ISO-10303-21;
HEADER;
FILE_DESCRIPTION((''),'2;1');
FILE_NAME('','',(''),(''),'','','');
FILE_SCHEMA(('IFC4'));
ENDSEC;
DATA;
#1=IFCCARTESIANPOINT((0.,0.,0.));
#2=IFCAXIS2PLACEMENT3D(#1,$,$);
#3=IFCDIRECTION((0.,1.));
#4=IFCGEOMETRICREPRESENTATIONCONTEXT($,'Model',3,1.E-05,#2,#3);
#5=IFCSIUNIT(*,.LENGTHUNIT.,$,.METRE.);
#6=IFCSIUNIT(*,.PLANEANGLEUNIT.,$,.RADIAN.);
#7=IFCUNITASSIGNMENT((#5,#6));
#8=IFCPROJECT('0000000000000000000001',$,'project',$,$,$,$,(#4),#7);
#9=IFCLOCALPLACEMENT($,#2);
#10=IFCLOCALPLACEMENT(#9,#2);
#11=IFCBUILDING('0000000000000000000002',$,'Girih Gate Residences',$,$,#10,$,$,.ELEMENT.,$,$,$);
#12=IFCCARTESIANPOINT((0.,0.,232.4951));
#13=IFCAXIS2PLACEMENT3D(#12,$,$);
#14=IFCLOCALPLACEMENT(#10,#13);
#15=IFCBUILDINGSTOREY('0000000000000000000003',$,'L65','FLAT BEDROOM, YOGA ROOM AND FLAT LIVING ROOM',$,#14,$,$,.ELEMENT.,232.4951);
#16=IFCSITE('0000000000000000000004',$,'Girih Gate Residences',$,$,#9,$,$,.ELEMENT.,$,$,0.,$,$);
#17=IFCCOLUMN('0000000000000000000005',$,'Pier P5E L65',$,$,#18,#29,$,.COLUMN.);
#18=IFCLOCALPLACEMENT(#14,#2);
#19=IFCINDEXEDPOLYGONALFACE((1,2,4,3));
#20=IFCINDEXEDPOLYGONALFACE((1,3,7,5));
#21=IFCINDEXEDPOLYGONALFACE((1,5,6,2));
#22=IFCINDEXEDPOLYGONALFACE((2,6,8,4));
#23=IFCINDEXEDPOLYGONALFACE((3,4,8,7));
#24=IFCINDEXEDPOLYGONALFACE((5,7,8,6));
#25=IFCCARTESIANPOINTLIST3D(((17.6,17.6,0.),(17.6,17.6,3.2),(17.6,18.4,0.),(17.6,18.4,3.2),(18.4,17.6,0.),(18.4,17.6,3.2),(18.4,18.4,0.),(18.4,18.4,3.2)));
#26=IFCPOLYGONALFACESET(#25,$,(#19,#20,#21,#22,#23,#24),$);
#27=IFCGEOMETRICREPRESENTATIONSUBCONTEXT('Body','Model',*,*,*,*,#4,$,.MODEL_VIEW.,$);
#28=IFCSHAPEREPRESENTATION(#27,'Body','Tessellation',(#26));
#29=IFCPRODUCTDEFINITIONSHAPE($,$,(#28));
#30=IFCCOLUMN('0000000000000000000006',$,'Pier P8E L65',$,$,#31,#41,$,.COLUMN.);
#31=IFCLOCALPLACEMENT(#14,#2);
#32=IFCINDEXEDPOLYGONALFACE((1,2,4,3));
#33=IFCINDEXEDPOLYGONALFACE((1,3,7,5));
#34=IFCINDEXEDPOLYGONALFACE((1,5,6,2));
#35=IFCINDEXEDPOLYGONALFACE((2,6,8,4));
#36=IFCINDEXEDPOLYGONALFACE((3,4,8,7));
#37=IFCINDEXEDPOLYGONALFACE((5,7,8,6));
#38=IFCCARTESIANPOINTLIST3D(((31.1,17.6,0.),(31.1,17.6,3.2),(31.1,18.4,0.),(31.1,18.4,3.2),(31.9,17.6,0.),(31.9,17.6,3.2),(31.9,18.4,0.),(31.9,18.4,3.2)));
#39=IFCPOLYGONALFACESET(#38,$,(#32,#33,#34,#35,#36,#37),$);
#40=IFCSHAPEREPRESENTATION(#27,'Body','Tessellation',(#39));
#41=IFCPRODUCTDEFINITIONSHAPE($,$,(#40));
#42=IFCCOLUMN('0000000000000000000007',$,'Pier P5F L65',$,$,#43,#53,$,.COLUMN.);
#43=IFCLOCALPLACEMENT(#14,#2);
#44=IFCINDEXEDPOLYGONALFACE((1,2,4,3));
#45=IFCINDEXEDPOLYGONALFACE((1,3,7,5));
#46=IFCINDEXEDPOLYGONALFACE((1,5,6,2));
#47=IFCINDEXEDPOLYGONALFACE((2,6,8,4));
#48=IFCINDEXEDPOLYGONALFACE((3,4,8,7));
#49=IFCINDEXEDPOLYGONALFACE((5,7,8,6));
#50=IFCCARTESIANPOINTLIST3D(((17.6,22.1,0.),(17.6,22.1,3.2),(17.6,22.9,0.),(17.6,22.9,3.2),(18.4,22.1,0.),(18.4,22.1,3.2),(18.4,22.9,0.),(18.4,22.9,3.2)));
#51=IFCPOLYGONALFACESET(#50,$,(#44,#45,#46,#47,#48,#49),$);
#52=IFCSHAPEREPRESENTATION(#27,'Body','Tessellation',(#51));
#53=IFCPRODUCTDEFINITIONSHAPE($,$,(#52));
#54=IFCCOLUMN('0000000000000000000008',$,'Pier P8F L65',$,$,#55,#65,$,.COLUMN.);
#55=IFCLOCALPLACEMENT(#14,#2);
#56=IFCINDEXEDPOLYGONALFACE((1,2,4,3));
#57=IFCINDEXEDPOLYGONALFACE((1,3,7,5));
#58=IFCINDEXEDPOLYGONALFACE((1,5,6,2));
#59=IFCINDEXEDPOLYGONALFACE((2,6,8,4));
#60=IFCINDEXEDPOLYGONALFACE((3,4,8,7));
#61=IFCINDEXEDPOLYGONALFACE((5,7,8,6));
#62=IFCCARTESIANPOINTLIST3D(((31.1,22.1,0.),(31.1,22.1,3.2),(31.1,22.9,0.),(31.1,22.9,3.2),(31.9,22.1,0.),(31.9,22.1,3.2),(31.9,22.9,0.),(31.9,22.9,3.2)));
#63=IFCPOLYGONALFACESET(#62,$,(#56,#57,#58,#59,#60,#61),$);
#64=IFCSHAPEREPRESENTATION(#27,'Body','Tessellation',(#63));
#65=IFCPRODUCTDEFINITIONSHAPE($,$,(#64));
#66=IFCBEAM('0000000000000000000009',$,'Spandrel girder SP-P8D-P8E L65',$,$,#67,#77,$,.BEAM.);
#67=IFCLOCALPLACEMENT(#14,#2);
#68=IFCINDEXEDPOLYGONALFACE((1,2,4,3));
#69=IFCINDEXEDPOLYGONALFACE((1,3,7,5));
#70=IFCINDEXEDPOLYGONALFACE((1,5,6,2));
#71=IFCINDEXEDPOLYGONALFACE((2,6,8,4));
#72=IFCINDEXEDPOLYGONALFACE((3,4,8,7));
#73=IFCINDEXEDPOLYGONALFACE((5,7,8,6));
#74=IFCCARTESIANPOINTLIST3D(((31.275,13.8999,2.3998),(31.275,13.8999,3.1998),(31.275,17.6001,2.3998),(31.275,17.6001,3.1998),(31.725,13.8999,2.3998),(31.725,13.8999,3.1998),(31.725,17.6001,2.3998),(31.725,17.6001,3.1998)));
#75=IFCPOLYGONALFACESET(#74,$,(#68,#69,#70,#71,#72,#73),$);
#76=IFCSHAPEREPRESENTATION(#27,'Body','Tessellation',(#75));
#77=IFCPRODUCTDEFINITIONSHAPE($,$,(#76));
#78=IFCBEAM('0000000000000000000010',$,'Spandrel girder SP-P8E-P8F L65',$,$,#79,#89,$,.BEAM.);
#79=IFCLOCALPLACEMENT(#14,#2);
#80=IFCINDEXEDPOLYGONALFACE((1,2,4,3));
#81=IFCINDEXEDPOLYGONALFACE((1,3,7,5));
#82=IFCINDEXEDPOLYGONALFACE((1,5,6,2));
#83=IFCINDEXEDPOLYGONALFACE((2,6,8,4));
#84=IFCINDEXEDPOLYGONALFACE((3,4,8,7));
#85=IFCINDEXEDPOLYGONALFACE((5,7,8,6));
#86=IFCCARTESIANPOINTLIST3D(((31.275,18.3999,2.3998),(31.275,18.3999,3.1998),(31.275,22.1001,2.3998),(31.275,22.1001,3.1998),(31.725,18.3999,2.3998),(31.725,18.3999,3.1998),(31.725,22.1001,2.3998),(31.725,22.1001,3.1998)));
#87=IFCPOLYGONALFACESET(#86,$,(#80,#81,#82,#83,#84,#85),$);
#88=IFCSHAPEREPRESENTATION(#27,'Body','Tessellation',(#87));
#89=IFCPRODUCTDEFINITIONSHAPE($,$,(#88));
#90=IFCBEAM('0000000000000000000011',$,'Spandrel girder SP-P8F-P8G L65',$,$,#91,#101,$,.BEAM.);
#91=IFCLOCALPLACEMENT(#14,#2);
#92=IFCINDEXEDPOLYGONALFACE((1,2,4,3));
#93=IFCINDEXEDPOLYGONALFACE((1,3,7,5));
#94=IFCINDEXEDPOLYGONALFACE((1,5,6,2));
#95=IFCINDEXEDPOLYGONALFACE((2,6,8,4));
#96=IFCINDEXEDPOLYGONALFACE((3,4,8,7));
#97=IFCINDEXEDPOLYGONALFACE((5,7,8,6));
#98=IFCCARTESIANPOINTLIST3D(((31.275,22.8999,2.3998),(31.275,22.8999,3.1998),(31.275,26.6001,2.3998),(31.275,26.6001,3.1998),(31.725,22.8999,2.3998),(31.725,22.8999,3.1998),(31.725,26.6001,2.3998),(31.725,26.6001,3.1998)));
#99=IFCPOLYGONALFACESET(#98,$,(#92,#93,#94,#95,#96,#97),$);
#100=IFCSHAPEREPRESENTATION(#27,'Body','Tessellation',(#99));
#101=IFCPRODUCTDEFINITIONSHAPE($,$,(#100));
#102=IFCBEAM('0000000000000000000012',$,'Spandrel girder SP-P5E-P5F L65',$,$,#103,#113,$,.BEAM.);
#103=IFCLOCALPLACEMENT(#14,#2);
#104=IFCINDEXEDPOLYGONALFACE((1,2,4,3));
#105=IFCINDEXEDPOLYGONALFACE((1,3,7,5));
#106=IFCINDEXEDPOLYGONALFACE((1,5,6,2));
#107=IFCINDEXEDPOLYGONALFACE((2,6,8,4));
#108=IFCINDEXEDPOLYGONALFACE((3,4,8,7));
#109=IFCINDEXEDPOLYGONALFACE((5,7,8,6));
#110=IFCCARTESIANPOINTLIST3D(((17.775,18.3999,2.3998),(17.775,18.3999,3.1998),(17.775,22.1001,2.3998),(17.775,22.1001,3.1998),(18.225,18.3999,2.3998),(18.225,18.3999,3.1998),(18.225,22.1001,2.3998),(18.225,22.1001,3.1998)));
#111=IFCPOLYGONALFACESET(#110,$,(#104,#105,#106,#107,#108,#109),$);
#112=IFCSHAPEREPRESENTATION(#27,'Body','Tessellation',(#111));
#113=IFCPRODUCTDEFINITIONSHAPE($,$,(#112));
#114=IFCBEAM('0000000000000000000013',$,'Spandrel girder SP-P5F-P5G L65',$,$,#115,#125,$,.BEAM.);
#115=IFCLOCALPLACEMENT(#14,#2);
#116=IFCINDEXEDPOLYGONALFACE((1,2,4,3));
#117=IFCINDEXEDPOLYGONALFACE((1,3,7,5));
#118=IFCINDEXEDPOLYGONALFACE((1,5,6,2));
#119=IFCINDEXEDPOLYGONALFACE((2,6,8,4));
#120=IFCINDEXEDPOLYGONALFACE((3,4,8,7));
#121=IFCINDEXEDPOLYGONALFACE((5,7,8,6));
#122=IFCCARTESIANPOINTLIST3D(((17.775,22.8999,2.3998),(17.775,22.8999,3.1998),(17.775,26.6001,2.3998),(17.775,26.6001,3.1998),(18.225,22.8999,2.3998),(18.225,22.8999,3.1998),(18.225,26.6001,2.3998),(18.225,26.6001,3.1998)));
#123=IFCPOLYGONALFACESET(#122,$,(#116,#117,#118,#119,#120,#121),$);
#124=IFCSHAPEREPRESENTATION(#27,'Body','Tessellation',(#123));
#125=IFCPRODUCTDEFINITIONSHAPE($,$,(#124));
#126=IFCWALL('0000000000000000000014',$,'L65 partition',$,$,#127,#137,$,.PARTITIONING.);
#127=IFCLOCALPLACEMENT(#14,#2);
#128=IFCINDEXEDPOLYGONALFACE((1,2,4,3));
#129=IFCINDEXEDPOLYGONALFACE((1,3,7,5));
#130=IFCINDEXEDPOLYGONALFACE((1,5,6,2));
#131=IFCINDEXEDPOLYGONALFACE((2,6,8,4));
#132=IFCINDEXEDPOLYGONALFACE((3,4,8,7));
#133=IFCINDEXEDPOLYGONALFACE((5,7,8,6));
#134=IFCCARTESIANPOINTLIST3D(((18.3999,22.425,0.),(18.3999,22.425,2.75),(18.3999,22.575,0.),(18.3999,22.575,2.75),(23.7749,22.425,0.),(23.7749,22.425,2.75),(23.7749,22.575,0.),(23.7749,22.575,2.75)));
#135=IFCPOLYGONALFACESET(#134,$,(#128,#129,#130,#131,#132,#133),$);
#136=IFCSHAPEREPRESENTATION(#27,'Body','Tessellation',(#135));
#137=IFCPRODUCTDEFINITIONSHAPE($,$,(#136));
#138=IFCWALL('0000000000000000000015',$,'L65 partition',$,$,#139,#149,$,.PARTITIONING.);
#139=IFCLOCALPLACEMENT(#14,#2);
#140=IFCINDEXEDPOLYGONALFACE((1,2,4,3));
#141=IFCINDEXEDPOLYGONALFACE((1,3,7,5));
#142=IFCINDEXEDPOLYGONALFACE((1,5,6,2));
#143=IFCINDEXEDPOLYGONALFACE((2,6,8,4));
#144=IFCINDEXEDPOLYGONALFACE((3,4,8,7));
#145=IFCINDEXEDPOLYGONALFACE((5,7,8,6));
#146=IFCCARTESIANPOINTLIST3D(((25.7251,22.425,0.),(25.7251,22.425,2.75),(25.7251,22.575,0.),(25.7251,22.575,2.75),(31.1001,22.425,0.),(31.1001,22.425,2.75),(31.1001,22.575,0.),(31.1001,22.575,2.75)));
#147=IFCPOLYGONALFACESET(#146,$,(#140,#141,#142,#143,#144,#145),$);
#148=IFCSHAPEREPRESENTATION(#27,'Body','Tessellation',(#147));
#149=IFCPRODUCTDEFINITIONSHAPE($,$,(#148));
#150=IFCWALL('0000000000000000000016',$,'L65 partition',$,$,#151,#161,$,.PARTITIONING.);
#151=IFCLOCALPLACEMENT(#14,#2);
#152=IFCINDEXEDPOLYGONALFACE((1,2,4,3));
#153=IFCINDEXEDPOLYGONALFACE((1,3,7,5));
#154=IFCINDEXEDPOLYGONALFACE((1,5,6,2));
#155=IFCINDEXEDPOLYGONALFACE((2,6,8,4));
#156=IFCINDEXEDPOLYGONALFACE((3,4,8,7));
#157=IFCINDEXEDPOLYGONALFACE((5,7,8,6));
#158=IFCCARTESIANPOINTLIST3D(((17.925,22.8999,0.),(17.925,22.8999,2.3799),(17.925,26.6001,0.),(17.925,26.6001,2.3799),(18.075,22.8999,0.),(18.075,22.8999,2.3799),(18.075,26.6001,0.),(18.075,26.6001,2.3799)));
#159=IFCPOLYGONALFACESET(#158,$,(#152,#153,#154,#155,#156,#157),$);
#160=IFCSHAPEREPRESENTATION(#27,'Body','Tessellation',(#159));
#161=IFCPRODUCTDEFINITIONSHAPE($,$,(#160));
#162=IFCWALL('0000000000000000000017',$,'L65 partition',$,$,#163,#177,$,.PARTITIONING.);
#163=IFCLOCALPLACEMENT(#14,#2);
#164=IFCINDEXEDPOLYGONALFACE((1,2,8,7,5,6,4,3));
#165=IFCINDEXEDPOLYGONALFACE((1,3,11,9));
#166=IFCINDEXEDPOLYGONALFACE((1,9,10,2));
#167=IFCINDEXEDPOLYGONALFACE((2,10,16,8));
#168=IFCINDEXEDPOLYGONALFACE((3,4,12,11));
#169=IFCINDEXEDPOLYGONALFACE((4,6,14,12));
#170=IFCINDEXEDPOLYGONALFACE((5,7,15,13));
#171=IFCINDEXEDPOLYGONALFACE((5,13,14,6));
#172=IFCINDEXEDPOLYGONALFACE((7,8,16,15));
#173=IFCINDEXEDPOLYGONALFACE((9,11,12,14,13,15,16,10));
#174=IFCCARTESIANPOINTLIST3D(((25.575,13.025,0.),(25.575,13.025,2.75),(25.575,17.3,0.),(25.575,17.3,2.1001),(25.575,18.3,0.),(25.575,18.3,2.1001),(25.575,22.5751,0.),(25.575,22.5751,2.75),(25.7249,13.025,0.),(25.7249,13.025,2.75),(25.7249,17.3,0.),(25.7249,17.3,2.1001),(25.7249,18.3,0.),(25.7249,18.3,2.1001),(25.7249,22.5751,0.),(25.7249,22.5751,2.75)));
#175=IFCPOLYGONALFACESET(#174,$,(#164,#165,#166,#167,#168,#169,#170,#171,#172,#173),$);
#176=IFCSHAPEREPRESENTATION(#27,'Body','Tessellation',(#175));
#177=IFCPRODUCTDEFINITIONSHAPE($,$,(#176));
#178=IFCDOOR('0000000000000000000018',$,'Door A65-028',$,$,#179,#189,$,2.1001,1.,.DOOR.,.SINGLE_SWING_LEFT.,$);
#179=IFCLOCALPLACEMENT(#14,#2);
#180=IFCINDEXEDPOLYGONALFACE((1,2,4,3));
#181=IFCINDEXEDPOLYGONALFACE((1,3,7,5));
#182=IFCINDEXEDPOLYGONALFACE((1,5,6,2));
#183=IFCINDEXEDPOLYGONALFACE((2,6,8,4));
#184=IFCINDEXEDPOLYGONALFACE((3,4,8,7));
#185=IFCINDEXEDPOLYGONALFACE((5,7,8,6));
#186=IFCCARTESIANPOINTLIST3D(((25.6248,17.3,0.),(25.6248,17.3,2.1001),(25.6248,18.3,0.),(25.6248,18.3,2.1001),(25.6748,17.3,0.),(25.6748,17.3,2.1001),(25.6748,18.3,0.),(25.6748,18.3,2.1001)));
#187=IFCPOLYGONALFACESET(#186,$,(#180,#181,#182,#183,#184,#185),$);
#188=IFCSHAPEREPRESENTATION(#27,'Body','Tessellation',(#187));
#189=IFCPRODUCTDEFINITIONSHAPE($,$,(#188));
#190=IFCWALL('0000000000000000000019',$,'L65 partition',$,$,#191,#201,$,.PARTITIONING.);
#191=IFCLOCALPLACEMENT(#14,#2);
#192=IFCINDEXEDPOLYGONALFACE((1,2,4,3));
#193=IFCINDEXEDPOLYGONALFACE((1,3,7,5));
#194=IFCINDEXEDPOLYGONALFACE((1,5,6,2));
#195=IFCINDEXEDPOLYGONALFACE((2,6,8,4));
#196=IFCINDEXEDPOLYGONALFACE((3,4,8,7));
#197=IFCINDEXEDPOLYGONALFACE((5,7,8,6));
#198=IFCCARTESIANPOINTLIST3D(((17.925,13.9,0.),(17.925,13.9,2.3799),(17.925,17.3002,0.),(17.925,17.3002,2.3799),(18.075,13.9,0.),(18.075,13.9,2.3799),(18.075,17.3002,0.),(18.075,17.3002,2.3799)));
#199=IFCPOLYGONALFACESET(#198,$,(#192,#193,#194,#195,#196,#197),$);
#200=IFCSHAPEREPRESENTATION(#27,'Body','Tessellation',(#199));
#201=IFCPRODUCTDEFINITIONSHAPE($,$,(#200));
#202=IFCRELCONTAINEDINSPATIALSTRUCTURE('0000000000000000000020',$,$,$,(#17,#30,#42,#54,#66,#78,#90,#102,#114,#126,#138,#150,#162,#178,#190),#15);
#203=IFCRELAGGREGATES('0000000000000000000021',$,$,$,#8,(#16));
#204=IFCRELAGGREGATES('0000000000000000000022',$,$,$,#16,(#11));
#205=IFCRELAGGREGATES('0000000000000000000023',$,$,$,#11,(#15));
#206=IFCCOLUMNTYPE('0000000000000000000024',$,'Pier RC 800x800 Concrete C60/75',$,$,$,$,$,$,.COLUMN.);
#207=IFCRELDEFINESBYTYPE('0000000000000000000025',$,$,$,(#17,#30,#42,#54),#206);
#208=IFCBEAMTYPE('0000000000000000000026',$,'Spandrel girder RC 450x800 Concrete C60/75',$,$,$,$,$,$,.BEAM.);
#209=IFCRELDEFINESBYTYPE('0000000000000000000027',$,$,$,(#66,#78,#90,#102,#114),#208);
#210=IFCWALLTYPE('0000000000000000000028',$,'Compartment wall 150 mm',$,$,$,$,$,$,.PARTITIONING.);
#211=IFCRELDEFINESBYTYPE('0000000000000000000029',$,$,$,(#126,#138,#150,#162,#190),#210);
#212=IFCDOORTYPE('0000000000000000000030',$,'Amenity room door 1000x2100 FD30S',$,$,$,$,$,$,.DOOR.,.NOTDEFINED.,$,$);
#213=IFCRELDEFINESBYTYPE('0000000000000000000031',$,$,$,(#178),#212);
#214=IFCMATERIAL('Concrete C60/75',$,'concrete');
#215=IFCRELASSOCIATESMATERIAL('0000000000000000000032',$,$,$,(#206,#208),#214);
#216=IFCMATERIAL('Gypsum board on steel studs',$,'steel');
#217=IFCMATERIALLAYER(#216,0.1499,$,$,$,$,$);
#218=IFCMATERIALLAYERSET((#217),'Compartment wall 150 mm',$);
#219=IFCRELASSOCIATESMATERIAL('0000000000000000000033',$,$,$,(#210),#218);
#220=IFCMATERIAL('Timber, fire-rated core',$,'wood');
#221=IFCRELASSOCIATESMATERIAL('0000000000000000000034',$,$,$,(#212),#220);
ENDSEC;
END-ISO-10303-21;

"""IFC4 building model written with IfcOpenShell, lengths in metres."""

from ifc_helpers import new_model, si_unit, direction, frame, frame_2d, origin, origin_2d, place, context, subcontext, project, spatial, rectangle, extrude, material, layer, layer_set, material_profile, profile_set, type_object, element, fill, save


model = new_model("IFC4")

# Units and contexts
model_context = context("Model", 3, precision=1e-05, world=origin(), true_north=direction((0.0, 1.0)))
body_context = subcontext(model_context, "Body", "Model", "MODEL_VIEW")
ifc_project = project(units=[si_unit("LENGTHUNIT", "METRE"), si_unit("PLANEANGLEUNIT", "RADIAN")], contexts=[model_context])

# Site, building, storey
site_placement = place(None, origin())
site = spatial("IfcSite", under=ifc_project, at=site_placement, Name="Girih Gate Residences", CompositionType="ELEMENT", RefElevation=0.0)
building_placement = place(site_placement, origin())
building = spatial("IfcBuilding", under=site, at=building_placement, Name="Girih Gate Residences", CompositionType="ELEMENT")
storey_placement = place(building_placement, frame((0.0, 0.0, 232.4951)))
storey = spatial("IfcBuildingStorey", under=building, at=storey_placement, Name="L65", Description="FLAT BEDROOM, YOGA ROOM AND FLAT LIVING ROOM", CompositionType="ELEMENT", Elevation=232.4951)

# Columns
ifc_material_1 = material(Name="Concrete C60/75", Category="concrete")
ifc_material_profile_1 = material_profile(ifc_material_1, rectangle(XDim=0.8, YDim=0.8, at=origin_2d()))
ifc_profile_set_1 = profile_set([ifc_material_profile_1], Name="Concrete C60/75")
column_type = type_object("IfcColumnType", Name="Pier RC 800x800 Concrete C60/75", PredefinedType="COLUMN", material=ifc_profile_set_1)
for number, where, z_axis, x_axis, name in (
    (1, (18.0, 18.0, 0.0), (0.0, 0.0, 1.0), (1.0, 0.0, 0.0), "Pier P5E L65"),
    (2, (31.5, 18.0, 0.0), (0.0, 0.0, 1.0), (1.0, 0.0, 0.0), "Pier P8E L65"),
    (3, (18.0, 22.5, 0.0), (0.0, 0.0, 1.0), (1.0, 0.0, 0.0), "Pier P5F L65"),
    (4, (31.5, 22.5, 0.0), (0.0, 0.0, 1.0), (1.0, 0.0, 0.0), "Pier P8F L65"),
):
    element("IfcColumn", number, at=place(storey_placement, frame(where, z_axis=z_axis, x_axis=x_axis)), inside=storey, type_object=column_type, Name=name, PredefinedType="COLUMN", context=body_context, shape_type="SweptSolid", body=[
        extrude(rectangle(XDim=0.8, YDim=0.8, at=origin_2d()), origin(), (0.0, 0.0, 1.0), 3.2),
    ])

# Beams
ifc_material_profile_2 = material_profile(ifc_material_1, rectangle(XDim=0.45, YDim=0.8, at=origin_2d()))
ifc_profile_set_2 = profile_set([ifc_material_profile_2], Name="Concrete C60/75")
beam_type = type_object("IfcBeamType", Name="Spandrel girder RC 450x800 Concrete C60/75", PredefinedType="BEAM", material=ifc_profile_set_2)
for number, where, z_axis, x_axis, name in (
    (5, (31.5, 13.8999, 2.7998), (0.0, 1.0, 0.0), (-1.0, 0.0, 0.0), "Spandrel girder SP-P8D-P8E L65"),
    (6, (31.5, 18.3999, 2.7998), (0.0, 1.0, 0.0), (-1.0, 0.0, 0.0), "Spandrel girder SP-P8E-P8F L65"),
    (7, (31.5, 22.8999, 2.7998), (0.0, 1.0, 0.0), (-1.0, 0.0, 0.0), "Spandrel girder SP-P8F-P8G L65"),
    (8, (18.0, 18.3999, 2.7998), (0.0, 1.0, 0.0), (-1.0, 0.0, 0.0), "Spandrel girder SP-P5E-P5F L65"),
    (9, (18.0, 22.8999, 2.7998), (0.0, 1.0, 0.0), (-1.0, 0.0, 0.0), "Spandrel girder SP-P5F-P5G L65"),
):
    element("IfcBeam", number, at=place(storey_placement, frame(where, z_axis=z_axis, x_axis=x_axis)), inside=storey, type_object=beam_type, Name=name, PredefinedType="BEAM", context=body_context, shape_type="SweptSolid", body=[
        extrude(rectangle(XDim=0.45, YDim=0.8, at=origin_2d()), origin(), (0.0, 0.0, 1.0), 3.7002),
    ])

# Walls
ifc_material_2 = material(Name="Gypsum board on steel studs", Category="steel")
ifc_layer_1 = layer(ifc_material_2, 0.1499)
ifc_layer_set_1 = layer_set([ifc_layer_1], Name="Compartment wall 150 mm")
wall_type_1 = type_object("IfcWallType", Name="Compartment wall 150 mm", PredefinedType="PARTITIONING", material=ifc_layer_set_1)
for number, where, z_axis, x_axis, name in (
    (10, (18.3999, 22.5, 0.0), (0.0, 0.0, 1.0), (1.0, 0.0, 0.0), "L65 partition"),
    (11, (25.7251, 22.5, 0.0), (0.0, 0.0, 1.0), (1.0, 0.0, 0.0), "L65 partition"),
):
    element("IfcWall", number, at=place(storey_placement, frame(where, z_axis=z_axis, x_axis=x_axis)), inside=storey, type_object=wall_type_1, Name=name, PredefinedType="PARTITIONING", context=body_context, shape_type="SweptSolid", body=[
        extrude(rectangle(XDim=5.375, YDim=0.1499, at=frame_2d((2.6875, 0.0))), origin(), (0.0, 0.0, 1.0), 2.75),
    ])
wall_1_placement = place(storey_placement, frame((18.0, 22.8999, 0.0), z_axis=(0.0, 0.0, 1.0), x_axis=(0.0, 1.0, 0.0)))
element("IfcWall", 12, at=wall_1_placement, inside=storey, type_object=wall_type_1, Name="L65 partition", PredefinedType="PARTITIONING", context=body_context, shape_type="SweptSolid", body=[
    extrude(rectangle(XDim=3.7002, YDim=0.1499, at=frame_2d((1.8501, 0.0))), origin(), (0.0, 0.0, 1.0), 2.3799),
])

# Wall, opening, door
wall_2_placement = place(storey_placement, frame((25.6499, 22.575, 0.0), z_axis=(0.0, 0.0, 1.0), x_axis=(0.0, -1.0, 0.0)))
wall_2 = element("IfcWall", 13, at=wall_2_placement, inside=storey, type_object=wall_type_1, Name="L65 partition", PredefinedType="PARTITIONING", context=body_context, shape_type="SweptSolid", body=[
    extrude(rectangle(XDim=9.55, YDim=0.1499, at=frame_2d((4.7749, 0.0))), origin(), (0.0, 0.0, 1.0), 2.75),
])
opening_1_placement = place(wall_2_placement, frame((4.2749, 0.0, 0.0)))
opening_1 = element("IfcOpeningElement", 14, at=opening_1_placement, cuts=wall_2, PredefinedType="OPENING", context=body_context, shape_type="SweptSolid", body=[
    extrude(rectangle(XDim=1.0, YDim=2.1001, at=frame_2d((0.5, 1.05))), frame((0.0, 0.085, 0.0), z_axis=(0.0, -1.0, 0.0), x_axis=(1.0, 0.0, 0.0)), (0.0, 0.0, 1.0), 0.1699),
])
ifc_material_3 = material(Name="Timber, fire-rated core", Category="wood")
door_type = type_object("IfcDoorType", Name="Amenity room door 1000x2100 FD30S", OperationType="NOTDEFINED", PredefinedType="DOOR", material=ifc_material_3)
door_placement = place(opening_1_placement, origin())
door = element("IfcDoor", 15, at=door_placement, inside=storey, type_object=door_type, Name="Door A65-028", OperationType="SINGLE_SWING_LEFT", OverallHeight=2.1001, OverallWidth=1.0, PredefinedType="DOOR", context=body_context, shape_type="SweptSolid", body=[
    extrude(rectangle(XDim=1.0, YDim=2.1001, at=frame_2d((0.5, 1.05))), frame((0.0, 0.0249, 0.0), z_axis=(0.0, -1.0, 0.0), x_axis=(1.0, 0.0, 0.0)), (0.0, 0.0, 1.0), 0.05),
])
fill(opening_1, door)

# Wall
wall_3_placement = place(storey_placement, frame((18.0, 13.8999, 0.0), z_axis=(0.0, 0.0, 1.0), x_axis=(0.0, 1.0, 0.0)))
element("IfcWall", 16, at=wall_3_placement, inside=storey, type_object=wall_type_1, Name="L65 partition", PredefinedType="PARTITIONING", context=body_context, shape_type="SweptSolid", body=[
    extrude(rectangle(XDim=3.4001, YDim=0.1499, at=frame_2d((1.7002, 0.0))), origin(), (0.0, 0.0, 1.0), 2.3799),
])

save(model, "model.ifc")
